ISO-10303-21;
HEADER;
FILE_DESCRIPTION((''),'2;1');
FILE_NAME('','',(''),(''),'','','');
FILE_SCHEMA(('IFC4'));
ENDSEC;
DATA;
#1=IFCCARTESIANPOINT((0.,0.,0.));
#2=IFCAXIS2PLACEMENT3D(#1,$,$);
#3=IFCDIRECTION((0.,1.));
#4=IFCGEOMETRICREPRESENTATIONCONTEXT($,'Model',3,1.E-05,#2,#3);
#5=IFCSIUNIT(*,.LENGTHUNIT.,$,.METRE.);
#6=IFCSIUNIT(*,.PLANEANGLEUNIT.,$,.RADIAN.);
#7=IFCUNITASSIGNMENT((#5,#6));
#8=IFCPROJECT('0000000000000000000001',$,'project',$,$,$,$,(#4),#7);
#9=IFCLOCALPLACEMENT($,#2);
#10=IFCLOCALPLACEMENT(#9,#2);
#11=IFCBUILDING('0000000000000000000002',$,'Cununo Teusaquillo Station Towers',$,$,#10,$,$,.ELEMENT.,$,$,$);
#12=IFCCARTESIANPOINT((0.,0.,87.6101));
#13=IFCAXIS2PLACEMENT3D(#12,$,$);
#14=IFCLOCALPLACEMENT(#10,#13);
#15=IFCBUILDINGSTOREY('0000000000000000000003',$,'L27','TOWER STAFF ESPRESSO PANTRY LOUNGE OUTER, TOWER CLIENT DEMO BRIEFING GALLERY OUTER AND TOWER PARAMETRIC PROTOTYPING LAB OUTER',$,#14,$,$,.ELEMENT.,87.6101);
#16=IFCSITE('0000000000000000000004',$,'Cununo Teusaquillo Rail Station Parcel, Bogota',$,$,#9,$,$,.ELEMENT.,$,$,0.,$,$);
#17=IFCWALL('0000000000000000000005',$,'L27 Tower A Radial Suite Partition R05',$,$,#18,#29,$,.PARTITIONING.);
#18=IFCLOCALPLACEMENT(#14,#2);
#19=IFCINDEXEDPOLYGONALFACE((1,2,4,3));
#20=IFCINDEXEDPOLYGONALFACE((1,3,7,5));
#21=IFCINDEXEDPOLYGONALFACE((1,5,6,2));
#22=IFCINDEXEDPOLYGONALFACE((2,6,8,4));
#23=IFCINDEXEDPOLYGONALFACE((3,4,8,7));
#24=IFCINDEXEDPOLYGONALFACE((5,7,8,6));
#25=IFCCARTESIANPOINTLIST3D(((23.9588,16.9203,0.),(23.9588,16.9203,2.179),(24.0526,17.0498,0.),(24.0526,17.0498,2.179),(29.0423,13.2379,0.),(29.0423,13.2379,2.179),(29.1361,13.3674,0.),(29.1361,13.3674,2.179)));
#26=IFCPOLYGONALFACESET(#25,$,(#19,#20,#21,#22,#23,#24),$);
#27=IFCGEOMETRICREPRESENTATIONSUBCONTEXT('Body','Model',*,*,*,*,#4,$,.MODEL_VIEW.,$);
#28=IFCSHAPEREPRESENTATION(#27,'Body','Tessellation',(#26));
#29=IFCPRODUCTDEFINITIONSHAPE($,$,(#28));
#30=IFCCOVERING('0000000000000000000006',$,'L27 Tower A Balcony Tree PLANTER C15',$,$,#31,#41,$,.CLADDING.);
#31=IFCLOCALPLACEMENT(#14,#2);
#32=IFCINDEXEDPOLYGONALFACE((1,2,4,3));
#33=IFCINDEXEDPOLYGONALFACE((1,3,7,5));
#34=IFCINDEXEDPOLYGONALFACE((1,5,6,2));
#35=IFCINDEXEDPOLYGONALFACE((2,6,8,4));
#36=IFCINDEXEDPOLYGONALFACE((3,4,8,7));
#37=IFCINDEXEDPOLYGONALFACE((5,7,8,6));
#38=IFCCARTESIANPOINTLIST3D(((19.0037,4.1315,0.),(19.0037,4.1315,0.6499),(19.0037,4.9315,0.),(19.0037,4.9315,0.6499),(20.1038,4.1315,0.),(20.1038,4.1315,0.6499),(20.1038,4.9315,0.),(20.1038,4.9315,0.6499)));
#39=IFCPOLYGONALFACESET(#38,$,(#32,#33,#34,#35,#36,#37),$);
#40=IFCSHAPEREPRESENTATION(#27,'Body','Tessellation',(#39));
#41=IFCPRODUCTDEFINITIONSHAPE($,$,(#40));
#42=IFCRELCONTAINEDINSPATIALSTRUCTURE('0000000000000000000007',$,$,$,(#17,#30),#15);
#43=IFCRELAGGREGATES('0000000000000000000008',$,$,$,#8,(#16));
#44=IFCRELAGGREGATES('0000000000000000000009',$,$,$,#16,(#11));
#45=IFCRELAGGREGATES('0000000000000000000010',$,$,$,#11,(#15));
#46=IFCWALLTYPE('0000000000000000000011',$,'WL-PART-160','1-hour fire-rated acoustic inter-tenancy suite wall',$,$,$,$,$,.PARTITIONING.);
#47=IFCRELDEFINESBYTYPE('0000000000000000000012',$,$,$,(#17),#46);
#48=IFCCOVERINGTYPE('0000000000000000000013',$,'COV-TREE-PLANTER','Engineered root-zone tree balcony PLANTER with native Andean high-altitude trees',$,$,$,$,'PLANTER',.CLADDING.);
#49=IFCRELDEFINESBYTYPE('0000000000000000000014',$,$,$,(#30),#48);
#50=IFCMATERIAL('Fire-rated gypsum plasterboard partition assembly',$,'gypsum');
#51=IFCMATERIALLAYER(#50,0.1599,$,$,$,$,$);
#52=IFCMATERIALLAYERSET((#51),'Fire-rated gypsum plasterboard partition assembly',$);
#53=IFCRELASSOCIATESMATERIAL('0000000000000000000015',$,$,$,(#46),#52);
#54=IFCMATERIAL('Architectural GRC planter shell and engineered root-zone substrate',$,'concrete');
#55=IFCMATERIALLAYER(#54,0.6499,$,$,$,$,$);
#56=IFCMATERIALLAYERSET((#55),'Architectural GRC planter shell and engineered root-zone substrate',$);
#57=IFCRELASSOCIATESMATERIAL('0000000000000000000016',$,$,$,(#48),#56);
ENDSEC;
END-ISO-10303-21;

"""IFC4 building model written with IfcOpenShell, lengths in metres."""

from ifc_helpers import new_model, si_unit, direction, frame, frame_2d, origin, origin_2d, place, context, subcontext, project, spatial, rectangle, extrude, source, transform, mapped, material, layer, layer_set, type_object, element, save


model = new_model("IFC4")

# Units and contexts
model_context = context("Model", 3, precision=1e-05, world=origin(), true_north=direction((0.0, 1.0)))
body_context = subcontext(model_context, "Body", "Model", "MODEL_VIEW")
ifc_project = project(units=[si_unit("LENGTHUNIT", "METRE"), si_unit("PLANEANGLEUNIT", "RADIAN")], contexts=[model_context])

# Site, building, storey
site_placement = place(None, origin())
site = spatial("IfcSite", under=ifc_project, at=site_placement, Name="Cununo Teusaquillo Rail Station Parcel, Bogota", CompositionType="ELEMENT", RefElevation=0.0)
building_placement = place(site_placement, origin())
building = spatial("IfcBuilding", under=site, at=building_placement, Name="Cununo Teusaquillo Station Towers", CompositionType="ELEMENT")
storey_placement = place(building_placement, frame((0.0, 0.0, 87.6101)))
storey = spatial("IfcBuildingStorey", under=building, at=storey_placement, Name="L27", Description="TOWER STAFF ESPRESSO PANTRY LOUNGE OUTER, TOWER CLIENT DEMO BRIEFING GALLERY OUTER AND TOWER PARAMETRIC PROTOTYPING LAB OUTER", CompositionType="ELEMENT", Elevation=87.6101)

# Wall
ifc_material_1 = material(Name="Fire-rated gypsum plasterboard partition assembly", Category="gypsum")
ifc_layer_1 = layer(ifc_material_1, 0.1599)
ifc_layer_set_1 = layer_set([ifc_layer_1], Name="Fire-rated gypsum plasterboard partition assembly")
wall_type_1 = type_object("IfcWallType", Name="WL-PART-160", Description="1-hour fire-rated acoustic inter-tenancy suite wall", PredefinedType="PARTITIONING", material=ifc_layer_set_1)
wall_1_placement = place(storey_placement, frame((24.0056, 16.9851, 0.0), z_axis=(0.0, 0.0, 1.0), x_axis=(0.80985, -0.586637, 0.0)))
element("IfcWall", 1, at=wall_1_placement, inside=storey, type_object=wall_type_1, Name="L27 Tower A Radial Suite Partition R05", PredefinedType="PARTITIONING", context=body_context, shape_type="SweptSolid", body=[
    extrude(rectangle(XDim=6.2771, YDim=0.1599, at=frame_2d((3.1387, 0.0))), origin(), (0.0, 0.0, 1.0), 2.179),
])

# Covering
ifc_material_2 = material(Name="Architectural GRC planter shell and engineered root-zone substrate", Category="concrete")
ifc_layer_2 = layer(ifc_material_2, 0.6499)
ifc_layer_set_2 = layer_set([ifc_layer_2], Name="Architectural GRC planter shell and engineered root-zone substrate")
covering_type = type_object("IfcCoveringType", Name="COV-TREE-PLANTER", Description="Engineered root-zone tree balcony PLANTER with native Andean high-altitude trees", ElementType="PLANTER", PredefinedType="CLADDING", material=ifc_layer_set_2)
shared_shape_1 = source(origin(), body_context, "Body", "SweptSolid", [
    extrude(rectangle(XDim=1.1001, YDim=0.8, at=origin_2d()), origin(), (0.0, 0.0, 1.0), 0.6499),
])
covering_placement = place(storey_placement, frame((19.5537, 4.5315, 0.0), z_axis=(0.0, 0.0, 1.0), x_axis=(1.0, 0.0, 0.0)))
element("IfcCovering", 2, at=covering_placement, inside=storey, type_object=covering_type, Name="L27 Tower A Balcony Tree PLANTER C15", PredefinedType="CLADDING", context=body_context, shape_type="MappedRepresentation", body=[
    mapped(shared_shape_1, transform((0.0, 0.0, 0.0), x_axis=(1.0, 0.0, 0.0), y_axis=(0.0, 1.0, 0.0), z_axis=(0.0, 0.0, 1.0), scale=1.0)),
])

save(model, "model.ifc")
